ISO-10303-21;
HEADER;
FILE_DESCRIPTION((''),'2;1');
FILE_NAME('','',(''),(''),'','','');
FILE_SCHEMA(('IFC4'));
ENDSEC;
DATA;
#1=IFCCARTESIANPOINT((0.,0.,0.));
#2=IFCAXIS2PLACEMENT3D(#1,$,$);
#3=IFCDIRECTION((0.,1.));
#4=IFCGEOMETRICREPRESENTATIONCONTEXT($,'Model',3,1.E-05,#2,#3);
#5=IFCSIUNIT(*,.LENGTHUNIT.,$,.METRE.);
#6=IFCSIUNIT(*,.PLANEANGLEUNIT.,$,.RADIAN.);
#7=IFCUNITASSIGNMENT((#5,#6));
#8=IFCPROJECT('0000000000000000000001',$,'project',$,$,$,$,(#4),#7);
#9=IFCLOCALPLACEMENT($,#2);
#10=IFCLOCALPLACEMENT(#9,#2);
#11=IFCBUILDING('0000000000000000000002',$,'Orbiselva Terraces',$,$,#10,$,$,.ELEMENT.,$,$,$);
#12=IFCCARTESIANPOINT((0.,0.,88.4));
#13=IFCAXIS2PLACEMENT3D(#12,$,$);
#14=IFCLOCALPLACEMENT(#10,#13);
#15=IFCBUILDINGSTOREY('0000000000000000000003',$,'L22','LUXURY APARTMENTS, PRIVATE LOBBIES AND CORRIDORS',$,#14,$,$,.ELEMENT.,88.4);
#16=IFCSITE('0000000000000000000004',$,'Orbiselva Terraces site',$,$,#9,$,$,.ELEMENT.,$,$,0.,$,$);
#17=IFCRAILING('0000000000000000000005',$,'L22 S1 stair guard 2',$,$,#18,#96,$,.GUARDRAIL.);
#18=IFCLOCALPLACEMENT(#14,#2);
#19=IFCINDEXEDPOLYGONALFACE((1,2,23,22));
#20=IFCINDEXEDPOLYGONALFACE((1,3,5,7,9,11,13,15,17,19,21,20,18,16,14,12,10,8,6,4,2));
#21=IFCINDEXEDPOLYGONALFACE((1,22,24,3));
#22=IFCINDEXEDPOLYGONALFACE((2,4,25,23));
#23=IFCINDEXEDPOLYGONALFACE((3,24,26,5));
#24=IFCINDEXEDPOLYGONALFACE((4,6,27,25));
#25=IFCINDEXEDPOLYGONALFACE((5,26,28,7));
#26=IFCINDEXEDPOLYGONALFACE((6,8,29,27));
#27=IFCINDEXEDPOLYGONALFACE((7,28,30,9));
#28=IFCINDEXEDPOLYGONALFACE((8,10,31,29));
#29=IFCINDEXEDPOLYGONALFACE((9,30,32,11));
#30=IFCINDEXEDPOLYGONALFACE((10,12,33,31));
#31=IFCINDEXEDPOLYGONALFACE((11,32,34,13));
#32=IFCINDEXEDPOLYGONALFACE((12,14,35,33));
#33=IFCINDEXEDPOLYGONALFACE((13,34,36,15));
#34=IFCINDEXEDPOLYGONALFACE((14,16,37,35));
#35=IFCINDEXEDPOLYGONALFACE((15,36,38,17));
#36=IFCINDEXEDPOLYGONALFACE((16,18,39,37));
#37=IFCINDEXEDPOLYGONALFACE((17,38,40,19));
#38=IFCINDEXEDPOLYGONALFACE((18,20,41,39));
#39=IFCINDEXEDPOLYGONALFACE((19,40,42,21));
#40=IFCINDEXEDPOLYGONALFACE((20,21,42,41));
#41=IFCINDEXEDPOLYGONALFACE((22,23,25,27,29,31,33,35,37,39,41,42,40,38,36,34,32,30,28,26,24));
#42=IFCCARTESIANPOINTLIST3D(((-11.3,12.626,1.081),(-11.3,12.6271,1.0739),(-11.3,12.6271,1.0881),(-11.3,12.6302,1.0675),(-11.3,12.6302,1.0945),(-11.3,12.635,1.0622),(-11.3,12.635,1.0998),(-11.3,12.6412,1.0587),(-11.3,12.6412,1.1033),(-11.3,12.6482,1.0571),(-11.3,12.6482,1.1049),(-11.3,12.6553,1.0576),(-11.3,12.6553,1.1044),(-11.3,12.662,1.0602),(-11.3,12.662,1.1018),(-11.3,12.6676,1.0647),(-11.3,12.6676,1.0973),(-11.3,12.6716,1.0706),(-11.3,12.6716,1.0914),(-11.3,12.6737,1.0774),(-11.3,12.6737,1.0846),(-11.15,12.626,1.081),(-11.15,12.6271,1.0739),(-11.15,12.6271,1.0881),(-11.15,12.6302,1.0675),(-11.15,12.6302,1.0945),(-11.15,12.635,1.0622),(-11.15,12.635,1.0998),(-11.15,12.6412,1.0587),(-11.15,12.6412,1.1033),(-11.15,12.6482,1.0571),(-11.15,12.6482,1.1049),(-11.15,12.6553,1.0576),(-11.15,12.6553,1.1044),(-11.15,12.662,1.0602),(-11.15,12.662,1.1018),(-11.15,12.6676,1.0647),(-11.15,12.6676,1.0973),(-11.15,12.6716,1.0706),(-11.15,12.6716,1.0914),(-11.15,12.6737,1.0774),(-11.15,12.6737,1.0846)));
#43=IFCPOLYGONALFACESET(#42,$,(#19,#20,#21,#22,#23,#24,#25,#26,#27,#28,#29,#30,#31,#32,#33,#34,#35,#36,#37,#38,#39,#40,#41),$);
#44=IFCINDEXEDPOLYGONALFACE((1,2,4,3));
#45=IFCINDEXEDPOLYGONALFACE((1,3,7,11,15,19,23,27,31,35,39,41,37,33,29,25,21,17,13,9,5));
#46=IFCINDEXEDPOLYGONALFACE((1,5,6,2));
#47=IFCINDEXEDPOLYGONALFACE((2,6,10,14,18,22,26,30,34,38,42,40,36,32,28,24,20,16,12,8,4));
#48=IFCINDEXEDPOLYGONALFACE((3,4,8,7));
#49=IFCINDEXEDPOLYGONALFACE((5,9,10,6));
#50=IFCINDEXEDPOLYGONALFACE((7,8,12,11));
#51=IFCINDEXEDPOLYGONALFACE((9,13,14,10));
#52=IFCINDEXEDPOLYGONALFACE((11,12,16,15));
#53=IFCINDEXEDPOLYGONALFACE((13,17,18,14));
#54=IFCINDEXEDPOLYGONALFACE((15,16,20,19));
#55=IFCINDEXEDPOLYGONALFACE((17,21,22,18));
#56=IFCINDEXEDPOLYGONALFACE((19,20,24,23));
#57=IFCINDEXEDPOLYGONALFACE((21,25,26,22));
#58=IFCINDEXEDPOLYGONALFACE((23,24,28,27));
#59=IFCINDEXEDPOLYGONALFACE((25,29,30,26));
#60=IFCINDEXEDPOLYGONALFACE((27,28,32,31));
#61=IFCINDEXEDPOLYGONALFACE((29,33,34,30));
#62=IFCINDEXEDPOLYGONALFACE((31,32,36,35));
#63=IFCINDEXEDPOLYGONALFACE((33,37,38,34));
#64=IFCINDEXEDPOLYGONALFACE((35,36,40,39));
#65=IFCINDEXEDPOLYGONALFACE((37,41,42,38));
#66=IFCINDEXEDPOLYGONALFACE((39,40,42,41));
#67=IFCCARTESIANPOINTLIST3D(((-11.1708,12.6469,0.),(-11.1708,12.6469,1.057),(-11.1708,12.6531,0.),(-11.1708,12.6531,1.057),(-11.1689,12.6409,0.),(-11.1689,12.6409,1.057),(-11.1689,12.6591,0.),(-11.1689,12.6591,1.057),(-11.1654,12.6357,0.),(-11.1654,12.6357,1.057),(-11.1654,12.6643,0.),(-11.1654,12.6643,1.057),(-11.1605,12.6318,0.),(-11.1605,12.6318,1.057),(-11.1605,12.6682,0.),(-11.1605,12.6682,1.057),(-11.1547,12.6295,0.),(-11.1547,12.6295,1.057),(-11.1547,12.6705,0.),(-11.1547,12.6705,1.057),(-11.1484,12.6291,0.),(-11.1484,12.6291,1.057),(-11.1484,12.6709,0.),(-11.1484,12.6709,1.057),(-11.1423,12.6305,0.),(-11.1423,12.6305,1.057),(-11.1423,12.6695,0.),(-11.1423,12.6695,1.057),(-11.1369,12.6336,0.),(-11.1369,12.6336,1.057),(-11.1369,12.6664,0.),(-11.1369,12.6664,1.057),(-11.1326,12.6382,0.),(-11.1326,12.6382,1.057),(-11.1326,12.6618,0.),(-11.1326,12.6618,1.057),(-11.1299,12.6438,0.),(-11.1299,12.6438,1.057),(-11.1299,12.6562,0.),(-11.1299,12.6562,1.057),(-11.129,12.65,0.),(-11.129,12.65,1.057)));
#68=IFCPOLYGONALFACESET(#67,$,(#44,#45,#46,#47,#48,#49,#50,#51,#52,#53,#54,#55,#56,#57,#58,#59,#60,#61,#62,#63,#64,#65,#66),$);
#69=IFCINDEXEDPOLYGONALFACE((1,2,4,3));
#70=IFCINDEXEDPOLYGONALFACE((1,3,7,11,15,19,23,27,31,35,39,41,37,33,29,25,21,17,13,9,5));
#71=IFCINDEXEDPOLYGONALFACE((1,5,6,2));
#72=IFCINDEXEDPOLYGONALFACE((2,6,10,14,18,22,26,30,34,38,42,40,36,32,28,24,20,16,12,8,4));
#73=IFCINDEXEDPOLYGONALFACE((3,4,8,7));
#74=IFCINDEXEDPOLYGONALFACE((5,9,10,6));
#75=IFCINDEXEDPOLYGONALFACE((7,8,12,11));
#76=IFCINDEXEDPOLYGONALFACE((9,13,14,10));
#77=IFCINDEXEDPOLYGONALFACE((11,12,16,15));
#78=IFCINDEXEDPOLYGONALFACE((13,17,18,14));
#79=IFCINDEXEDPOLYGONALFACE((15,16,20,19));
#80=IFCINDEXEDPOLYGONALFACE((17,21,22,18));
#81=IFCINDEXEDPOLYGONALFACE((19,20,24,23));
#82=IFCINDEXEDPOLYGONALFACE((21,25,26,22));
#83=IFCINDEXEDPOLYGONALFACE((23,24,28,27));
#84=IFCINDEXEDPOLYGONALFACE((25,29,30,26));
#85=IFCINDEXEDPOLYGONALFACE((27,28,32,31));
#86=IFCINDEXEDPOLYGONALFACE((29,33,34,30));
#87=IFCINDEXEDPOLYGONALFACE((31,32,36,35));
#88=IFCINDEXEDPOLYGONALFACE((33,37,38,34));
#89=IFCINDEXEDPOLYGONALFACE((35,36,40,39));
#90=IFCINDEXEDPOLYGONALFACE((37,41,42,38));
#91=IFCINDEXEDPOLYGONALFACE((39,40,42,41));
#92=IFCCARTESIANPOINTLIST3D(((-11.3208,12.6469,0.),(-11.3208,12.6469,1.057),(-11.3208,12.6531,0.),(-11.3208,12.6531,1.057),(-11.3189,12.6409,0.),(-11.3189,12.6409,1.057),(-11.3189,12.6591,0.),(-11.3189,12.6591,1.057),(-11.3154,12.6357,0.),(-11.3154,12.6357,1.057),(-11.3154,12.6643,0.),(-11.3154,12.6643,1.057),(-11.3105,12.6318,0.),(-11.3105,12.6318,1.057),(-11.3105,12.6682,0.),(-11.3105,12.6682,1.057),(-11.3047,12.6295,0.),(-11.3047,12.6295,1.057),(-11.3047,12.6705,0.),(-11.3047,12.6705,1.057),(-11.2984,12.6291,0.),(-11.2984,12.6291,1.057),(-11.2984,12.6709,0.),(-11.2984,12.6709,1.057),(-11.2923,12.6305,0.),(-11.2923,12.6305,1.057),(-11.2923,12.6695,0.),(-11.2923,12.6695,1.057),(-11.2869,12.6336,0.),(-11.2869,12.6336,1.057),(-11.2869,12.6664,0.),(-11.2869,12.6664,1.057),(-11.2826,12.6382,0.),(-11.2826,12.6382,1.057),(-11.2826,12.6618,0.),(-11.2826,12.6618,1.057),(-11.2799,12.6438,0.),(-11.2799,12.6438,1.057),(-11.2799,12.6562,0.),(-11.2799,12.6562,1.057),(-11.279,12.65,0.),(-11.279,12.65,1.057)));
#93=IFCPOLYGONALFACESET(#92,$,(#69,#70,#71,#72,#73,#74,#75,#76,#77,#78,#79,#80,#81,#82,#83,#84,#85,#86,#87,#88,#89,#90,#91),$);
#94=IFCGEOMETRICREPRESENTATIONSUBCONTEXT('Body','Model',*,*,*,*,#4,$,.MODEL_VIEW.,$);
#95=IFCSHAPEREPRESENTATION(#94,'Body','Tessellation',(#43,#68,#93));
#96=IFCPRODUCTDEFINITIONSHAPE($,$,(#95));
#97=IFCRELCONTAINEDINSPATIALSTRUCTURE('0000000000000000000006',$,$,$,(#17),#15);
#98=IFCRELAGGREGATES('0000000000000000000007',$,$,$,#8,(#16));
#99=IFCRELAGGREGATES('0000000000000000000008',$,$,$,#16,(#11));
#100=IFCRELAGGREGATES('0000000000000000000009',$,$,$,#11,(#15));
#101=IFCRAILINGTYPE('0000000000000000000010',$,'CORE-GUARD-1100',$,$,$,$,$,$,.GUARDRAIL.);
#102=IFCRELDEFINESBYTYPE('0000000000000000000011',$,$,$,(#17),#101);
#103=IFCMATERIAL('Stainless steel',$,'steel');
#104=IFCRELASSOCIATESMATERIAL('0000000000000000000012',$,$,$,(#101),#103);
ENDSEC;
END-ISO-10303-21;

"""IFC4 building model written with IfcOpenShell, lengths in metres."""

from ifc_helpers import new_model, si_unit, direction, frame, origin, origin_2d, place, context, subcontext, project, spatial, circle, extrude, material, type_object, element, save


model = new_model("IFC4")

# Units and contexts
model_context = context("Model", 3, precision=1e-05, world=origin(), true_north=direction((0.0, 1.0)))
body_context = subcontext(model_context, "Body", "Model", "MODEL_VIEW")
ifc_project = project(units=[si_unit("LENGTHUNIT", "METRE"), si_unit("PLANEANGLEUNIT", "RADIAN")], contexts=[model_context])

# Site, building, storey
site_placement = place(None, origin())
site = spatial("IfcSite", under=ifc_project, at=site_placement, Name="Orbiselva Terraces site", CompositionType="ELEMENT", RefElevation=0.0)
building_placement = place(site_placement, origin())
building = spatial("IfcBuilding", under=site, at=building_placement, Name="Orbiselva Terraces", CompositionType="ELEMENT")
storey_placement = place(building_placement, frame((0.0, 0.0, 88.4)))
storey = spatial("IfcBuildingStorey", under=building, at=storey_placement, Name="L22", Description="LUXURY APARTMENTS, PRIVATE LOBBIES AND CORRIDORS", CompositionType="ELEMENT", Elevation=88.4)

# Railing
ifc_material_1 = material(Name="Stainless steel", Category="steel")
railing_type_1 = type_object("IfcRailingType", Name="CORE-GUARD-1100", PredefinedType="GUARDRAIL", material=ifc_material_1)
railing_1_placement = place(storey_placement, frame((-11.15, 12.65, 0.0)))
element("IfcRailing", 1, at=railing_1_placement, inside=storey, type_object=railing_type_1, Name="L22 S1 stair guard 2", PredefinedType="GUARDRAIL", context=body_context, shape_type="SweptSolid", body=[
    extrude(circle(Radius=0.024, at=origin_2d()), frame((0.0, 0.0, 1.081), z_axis=(-1.0, 0.0, 0.0), x_axis=(0.0, -1.0, 0.0)), (0.0, 0.0, 1.0), 0.15),
    extrude(circle(Radius=0.021, at=origin_2d()), origin(), (0.0, 0.0, 1.0), 1.057),
    extrude(circle(Radius=0.021, at=origin_2d()), frame((-0.15, 0.0, 0.0)), (0.0, 0.0, 1.0), 1.057),
])

save(model, "model.ifc")
